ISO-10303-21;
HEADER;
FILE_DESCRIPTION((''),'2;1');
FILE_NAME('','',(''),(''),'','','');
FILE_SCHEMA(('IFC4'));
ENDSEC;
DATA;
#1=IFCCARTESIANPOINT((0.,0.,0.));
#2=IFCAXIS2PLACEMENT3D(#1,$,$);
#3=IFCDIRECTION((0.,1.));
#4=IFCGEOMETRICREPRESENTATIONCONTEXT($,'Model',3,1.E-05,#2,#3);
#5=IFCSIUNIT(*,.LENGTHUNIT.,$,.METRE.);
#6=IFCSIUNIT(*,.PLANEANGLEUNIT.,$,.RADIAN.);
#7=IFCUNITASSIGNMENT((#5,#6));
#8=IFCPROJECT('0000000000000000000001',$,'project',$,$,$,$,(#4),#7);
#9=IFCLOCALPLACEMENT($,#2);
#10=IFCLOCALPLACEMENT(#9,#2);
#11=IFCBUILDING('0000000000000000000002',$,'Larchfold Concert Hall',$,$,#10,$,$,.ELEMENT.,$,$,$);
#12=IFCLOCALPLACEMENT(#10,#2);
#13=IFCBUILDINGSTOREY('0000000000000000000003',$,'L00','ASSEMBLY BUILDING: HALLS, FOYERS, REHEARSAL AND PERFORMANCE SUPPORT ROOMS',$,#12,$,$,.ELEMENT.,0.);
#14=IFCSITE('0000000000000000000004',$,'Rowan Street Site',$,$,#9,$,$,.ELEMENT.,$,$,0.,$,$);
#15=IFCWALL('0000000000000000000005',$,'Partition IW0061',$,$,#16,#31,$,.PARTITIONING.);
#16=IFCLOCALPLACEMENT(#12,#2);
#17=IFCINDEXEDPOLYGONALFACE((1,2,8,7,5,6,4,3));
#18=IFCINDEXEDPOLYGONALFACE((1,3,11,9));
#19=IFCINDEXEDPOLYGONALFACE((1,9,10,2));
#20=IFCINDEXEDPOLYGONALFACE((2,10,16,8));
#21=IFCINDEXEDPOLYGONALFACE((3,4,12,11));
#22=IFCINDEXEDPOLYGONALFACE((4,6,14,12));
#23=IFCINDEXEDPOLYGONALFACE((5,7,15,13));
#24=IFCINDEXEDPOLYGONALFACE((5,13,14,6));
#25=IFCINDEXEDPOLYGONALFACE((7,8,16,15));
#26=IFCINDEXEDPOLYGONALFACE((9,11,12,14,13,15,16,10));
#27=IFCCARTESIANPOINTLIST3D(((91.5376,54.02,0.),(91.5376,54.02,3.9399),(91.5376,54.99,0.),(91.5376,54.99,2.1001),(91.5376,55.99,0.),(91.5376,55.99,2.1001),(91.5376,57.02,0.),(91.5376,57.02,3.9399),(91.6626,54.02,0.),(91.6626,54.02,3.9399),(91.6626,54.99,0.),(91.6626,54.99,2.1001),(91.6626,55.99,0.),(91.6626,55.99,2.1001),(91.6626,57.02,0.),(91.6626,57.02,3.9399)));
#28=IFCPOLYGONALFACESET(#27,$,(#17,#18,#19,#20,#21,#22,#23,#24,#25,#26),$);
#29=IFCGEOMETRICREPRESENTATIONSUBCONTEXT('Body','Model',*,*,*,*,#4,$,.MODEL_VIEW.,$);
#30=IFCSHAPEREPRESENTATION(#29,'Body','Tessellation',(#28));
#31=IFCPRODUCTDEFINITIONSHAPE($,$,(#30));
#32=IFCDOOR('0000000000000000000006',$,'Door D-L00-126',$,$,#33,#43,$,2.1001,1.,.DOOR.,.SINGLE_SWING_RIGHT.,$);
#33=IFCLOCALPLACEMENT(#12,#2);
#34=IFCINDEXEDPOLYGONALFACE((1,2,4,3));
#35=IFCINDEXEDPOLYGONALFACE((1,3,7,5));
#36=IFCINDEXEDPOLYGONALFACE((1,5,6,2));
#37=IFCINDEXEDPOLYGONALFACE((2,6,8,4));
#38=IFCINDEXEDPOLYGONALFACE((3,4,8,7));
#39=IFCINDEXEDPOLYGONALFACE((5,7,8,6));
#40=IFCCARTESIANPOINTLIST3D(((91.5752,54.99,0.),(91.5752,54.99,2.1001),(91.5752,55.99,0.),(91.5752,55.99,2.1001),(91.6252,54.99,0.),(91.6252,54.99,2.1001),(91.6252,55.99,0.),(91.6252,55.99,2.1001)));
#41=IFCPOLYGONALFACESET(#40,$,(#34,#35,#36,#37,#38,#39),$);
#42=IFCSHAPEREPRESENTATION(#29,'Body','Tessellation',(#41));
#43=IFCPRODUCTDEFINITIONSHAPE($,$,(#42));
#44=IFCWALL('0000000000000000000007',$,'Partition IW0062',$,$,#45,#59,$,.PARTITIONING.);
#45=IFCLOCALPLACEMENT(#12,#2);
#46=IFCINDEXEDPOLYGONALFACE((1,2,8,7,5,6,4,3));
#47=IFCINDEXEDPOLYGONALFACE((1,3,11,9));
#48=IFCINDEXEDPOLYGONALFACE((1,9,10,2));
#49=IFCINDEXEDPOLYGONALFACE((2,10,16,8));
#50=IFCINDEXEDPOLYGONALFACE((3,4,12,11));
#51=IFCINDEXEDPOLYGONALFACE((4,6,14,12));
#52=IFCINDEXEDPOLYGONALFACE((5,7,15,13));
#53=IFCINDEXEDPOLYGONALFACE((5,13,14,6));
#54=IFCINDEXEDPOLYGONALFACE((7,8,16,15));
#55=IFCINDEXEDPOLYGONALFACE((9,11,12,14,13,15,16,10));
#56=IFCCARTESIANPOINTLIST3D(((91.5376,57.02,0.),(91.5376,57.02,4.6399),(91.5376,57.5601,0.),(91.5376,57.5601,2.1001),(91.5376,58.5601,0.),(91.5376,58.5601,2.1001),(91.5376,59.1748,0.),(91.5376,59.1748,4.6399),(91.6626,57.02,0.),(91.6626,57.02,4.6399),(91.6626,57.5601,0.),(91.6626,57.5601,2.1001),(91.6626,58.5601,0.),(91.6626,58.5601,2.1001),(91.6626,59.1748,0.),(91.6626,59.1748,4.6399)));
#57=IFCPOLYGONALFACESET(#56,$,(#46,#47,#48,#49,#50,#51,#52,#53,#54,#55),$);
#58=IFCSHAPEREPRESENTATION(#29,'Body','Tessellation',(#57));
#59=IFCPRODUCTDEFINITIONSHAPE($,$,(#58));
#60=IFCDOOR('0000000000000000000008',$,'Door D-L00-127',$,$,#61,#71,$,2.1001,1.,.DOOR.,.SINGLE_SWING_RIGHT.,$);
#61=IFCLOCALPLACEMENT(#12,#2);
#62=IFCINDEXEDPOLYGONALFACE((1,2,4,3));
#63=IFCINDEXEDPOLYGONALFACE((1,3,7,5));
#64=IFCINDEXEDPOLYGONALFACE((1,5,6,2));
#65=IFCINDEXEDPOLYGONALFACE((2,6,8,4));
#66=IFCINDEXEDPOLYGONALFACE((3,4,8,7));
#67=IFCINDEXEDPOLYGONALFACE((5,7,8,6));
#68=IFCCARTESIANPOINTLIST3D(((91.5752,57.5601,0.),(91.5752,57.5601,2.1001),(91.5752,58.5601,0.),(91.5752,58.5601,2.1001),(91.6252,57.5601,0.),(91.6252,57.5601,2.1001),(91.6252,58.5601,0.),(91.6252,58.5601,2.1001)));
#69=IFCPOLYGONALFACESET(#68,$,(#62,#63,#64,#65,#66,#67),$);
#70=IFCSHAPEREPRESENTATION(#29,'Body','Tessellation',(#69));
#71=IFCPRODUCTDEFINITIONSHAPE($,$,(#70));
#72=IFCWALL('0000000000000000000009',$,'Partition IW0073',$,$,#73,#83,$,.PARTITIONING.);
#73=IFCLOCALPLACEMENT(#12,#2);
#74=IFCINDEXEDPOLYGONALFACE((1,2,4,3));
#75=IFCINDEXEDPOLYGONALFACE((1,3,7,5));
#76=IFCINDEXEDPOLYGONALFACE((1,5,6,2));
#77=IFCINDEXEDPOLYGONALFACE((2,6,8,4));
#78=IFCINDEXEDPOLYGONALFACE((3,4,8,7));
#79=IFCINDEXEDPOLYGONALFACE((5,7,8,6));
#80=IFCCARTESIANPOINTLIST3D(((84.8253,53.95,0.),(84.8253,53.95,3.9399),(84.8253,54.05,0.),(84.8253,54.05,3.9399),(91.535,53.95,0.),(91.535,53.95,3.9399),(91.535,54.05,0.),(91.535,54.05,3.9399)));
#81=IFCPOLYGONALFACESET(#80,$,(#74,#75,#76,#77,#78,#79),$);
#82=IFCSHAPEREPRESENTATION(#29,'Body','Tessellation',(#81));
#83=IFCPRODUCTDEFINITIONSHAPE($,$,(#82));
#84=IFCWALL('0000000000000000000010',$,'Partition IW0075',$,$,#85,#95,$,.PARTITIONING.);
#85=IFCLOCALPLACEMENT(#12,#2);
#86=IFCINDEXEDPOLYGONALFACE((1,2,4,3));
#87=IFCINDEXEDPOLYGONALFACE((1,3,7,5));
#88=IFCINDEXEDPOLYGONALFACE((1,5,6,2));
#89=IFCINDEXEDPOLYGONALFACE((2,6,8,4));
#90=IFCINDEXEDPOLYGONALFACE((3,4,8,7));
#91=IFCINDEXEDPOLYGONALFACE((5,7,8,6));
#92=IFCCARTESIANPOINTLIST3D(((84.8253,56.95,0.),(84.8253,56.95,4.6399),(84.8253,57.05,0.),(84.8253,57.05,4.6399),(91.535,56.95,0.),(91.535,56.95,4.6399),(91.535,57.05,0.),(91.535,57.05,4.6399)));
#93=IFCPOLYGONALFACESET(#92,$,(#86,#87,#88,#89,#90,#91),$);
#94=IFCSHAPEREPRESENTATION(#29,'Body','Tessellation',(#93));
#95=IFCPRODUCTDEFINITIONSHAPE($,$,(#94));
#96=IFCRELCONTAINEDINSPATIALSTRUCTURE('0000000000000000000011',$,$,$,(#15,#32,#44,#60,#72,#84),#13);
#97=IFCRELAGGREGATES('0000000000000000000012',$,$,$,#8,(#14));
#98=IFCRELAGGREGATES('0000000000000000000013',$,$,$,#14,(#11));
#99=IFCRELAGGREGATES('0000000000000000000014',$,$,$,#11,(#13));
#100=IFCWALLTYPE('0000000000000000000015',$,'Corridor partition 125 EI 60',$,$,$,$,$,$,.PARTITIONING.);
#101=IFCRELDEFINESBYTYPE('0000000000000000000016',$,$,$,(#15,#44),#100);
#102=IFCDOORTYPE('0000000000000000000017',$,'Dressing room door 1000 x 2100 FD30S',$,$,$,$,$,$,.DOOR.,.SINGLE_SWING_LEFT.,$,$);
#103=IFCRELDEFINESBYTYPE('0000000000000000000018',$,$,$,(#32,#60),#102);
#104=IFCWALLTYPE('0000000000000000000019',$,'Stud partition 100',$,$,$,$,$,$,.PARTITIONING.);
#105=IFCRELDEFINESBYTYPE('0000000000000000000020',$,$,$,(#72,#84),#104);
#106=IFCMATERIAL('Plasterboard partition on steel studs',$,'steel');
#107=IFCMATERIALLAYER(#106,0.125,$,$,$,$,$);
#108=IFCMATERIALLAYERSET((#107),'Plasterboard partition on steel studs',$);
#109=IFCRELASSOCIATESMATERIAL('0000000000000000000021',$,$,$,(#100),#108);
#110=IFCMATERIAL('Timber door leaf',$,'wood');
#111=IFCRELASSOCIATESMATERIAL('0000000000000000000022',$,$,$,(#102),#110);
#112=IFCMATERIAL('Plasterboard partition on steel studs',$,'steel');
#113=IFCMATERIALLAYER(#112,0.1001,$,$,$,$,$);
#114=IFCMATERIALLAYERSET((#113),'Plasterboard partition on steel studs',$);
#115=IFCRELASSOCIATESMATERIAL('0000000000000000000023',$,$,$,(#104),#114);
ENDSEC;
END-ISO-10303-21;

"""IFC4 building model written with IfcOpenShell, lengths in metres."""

from ifc_helpers import new_model, si_unit, direction, frame, frame_2d, origin, place, context, subcontext, project, spatial, rectangle, extrude, material, layer, layer_set, type_object, element, fill, save


model = new_model("IFC4")

# Units and contexts
model_context = context("Model", 3, precision=1e-05, world=origin(), true_north=direction((0.0, 1.0)))
body_context = subcontext(model_context, "Body", "Model", "MODEL_VIEW")
ifc_project = project(units=[si_unit("LENGTHUNIT", "METRE"), si_unit("PLANEANGLEUNIT", "RADIAN")], contexts=[model_context])

# Site, building, storey
site_placement = place(None, origin())
site = spatial("IfcSite", under=ifc_project, at=site_placement, Name="Rowan Street Site", CompositionType="ELEMENT", RefElevation=0.0)
building_placement = place(site_placement, origin())
building = spatial("IfcBuilding", under=site, at=building_placement, Name="Larchfold Concert Hall", CompositionType="ELEMENT")
storey_placement = place(building_placement, origin())
storey = spatial("IfcBuildingStorey", under=building, at=storey_placement, Name="L00", Description="ASSEMBLY BUILDING: HALLS, FOYERS, REHEARSAL AND PERFORMANCE SUPPORT ROOMS", CompositionType="ELEMENT", Elevation=0.0)

# Walls, openings, doors
ifc_material_1 = material(Name="Plasterboard partition on steel studs", Category="steel")
ifc_layer_1 = layer(ifc_material_1, 0.125)
ifc_layer_set_1 = layer_set([ifc_layer_1], Name="Plasterboard partition on steel studs")
wall_type_1 = type_object("IfcWallType", Name="Corridor partition 125 EI 60", PredefinedType="PARTITIONING", material=ifc_layer_set_1)
wall_1_placement = place(storey_placement, frame((91.6001, 54.02, 0.0), z_axis=(0.0, 0.0, 1.0), x_axis=(0.0, 1.0, 0.0)))
wall_1 = element("IfcWall", 1, at=wall_1_placement, inside=storey, type_object=wall_type_1, Name="Partition IW0061", PredefinedType="PARTITIONING", context=body_context, shape_type="SweptSolid", body=[
    extrude(rectangle(XDim=3.0, YDim=0.125, at=frame_2d((1.5, 0.0))), origin(), (0.0, 0.0, 1.0), 3.9399),
])
opening_1_placement = place(wall_1_placement, frame((0.97, 0.0, 0.0)))
opening_1 = element("IfcOpeningElement", 2, at=opening_1_placement, cuts=wall_1, PredefinedType="OPENING", context=body_context, shape_type="SweptSolid", body=[
    extrude(rectangle(XDim=1.0, YDim=2.1001, at=frame_2d((0.5, 1.05))), frame((0.0, 0.0725, 0.0), z_axis=(0.0, -1.0, 0.0), x_axis=(1.0, 0.0, 0.0)), (0.0, 0.0, 1.0), 0.145),
])
ifc_material_2 = material(Name="Timber door leaf", Category="wood")
door_type = type_object("IfcDoorType", Name="Dressing room door 1000 x 2100 FD30S", OperationType="SINGLE_SWING_LEFT", PredefinedType="DOOR", material=ifc_material_2)
door_1_placement = place(opening_1_placement, origin())
door_1 = element("IfcDoor", 3, at=door_1_placement, inside=storey, type_object=door_type, Name="Door D-L00-126", OperationType="SINGLE_SWING_RIGHT", OverallHeight=2.1001, OverallWidth=1.0, PredefinedType="DOOR", context=body_context, shape_type="SweptSolid", body=[
    extrude(rectangle(XDim=1.0, YDim=2.1001, at=frame_2d((0.5, 1.05))), frame((0.0, 0.0249, 0.0), z_axis=(0.0, -1.0, 0.0), x_axis=(1.0, 0.0, 0.0)), (0.0, 0.0, 1.0), 0.05),
])
fill(opening_1, door_1)
wall_2_placement = place(storey_placement, frame((91.6001, 57.02, 0.0), z_axis=(0.0, 0.0, 1.0), x_axis=(0.0, 1.0, 0.0)))
wall_2 = element("IfcWall", 4, at=wall_2_placement, inside=storey, type_object=wall_type_1, Name="Partition IW0062", PredefinedType="PARTITIONING", context=body_context, shape_type="SweptSolid", body=[
    extrude(rectangle(XDim=2.1548, YDim=0.125, at=frame_2d((1.0774, 0.0))), origin(), (0.0, 0.0, 1.0), 4.6399),
])
opening_2_placement = place(wall_2_placement, frame((0.54, 0.0, 0.0)))
opening_2 = element("IfcOpeningElement", 5, at=opening_2_placement, cuts=wall_2, PredefinedType="OPENING", context=body_context, shape_type="SweptSolid", body=[
    extrude(rectangle(XDim=1.0, YDim=2.1001, at=frame_2d((0.5, 1.05))), frame((0.0, 0.0725, 0.0), z_axis=(0.0, -1.0, 0.0), x_axis=(1.0, 0.0, 0.0)), (0.0, 0.0, 1.0), 0.145),
])
door_2_placement = place(opening_2_placement, origin())
door_2 = element("IfcDoor", 6, at=door_2_placement, inside=storey, type_object=door_type, Name="Door D-L00-127", OperationType="SINGLE_SWING_RIGHT", OverallHeight=2.1001, OverallWidth=1.0, PredefinedType="DOOR", context=body_context, shape_type="SweptSolid", body=[
    extrude(rectangle(XDim=1.0, YDim=2.1001, at=frame_2d((0.5, 1.05))), frame((0.0, 0.0249, 0.0), z_axis=(0.0, -1.0, 0.0), x_axis=(1.0, 0.0, 0.0)), (0.0, 0.0, 1.0), 0.05),
])
fill(opening_2, door_2)

# Walls
ifc_material_3 = material(Name="Plasterboard partition on steel studs", Category="steel")
ifc_layer_2 = layer(ifc_material_3, 0.1001)
ifc_layer_set_2 = layer_set([ifc_layer_2], Name="Plasterboard partition on steel studs")
wall_type_2 = type_object("IfcWallType", Name="Stud partition 100", PredefinedType="PARTITIONING", material=ifc_layer_set_2)
wall_3_placement = place(storey_placement, frame((84.8252, 54.0, 0.0), z_axis=(0.0, 0.0, 1.0), x_axis=(1.0, 0.0, 0.0)))
element("IfcWall", 7, at=wall_3_placement, inside=storey, type_object=wall_type_2, Name="Partition IW0073", PredefinedType="PARTITIONING", context=body_context, shape_type="SweptSolid", body=[
    extrude(rectangle(XDim=6.7097, YDim=0.1001, at=frame_2d((3.355, 0.0))), origin(), (0.0, 0.0, 1.0), 3.9399),
])
wall_4_placement = place(storey_placement, frame((84.8252, 57.0, 0.0), z_axis=(0.0, 0.0, 1.0), x_axis=(1.0, 0.0, 0.0)))
element("IfcWall", 8, at=wall_4_placement, inside=storey, type_object=wall_type_2, Name="Partition IW0075", PredefinedType="PARTITIONING", context=body_context, shape_type="SweptSolid", body=[
    extrude(rectangle(XDim=6.7097, YDim=0.1001, at=frame_2d((3.355, 0.0))), origin(), (0.0, 0.0, 1.0), 4.6399),
])

save(model, "model.ifc")
